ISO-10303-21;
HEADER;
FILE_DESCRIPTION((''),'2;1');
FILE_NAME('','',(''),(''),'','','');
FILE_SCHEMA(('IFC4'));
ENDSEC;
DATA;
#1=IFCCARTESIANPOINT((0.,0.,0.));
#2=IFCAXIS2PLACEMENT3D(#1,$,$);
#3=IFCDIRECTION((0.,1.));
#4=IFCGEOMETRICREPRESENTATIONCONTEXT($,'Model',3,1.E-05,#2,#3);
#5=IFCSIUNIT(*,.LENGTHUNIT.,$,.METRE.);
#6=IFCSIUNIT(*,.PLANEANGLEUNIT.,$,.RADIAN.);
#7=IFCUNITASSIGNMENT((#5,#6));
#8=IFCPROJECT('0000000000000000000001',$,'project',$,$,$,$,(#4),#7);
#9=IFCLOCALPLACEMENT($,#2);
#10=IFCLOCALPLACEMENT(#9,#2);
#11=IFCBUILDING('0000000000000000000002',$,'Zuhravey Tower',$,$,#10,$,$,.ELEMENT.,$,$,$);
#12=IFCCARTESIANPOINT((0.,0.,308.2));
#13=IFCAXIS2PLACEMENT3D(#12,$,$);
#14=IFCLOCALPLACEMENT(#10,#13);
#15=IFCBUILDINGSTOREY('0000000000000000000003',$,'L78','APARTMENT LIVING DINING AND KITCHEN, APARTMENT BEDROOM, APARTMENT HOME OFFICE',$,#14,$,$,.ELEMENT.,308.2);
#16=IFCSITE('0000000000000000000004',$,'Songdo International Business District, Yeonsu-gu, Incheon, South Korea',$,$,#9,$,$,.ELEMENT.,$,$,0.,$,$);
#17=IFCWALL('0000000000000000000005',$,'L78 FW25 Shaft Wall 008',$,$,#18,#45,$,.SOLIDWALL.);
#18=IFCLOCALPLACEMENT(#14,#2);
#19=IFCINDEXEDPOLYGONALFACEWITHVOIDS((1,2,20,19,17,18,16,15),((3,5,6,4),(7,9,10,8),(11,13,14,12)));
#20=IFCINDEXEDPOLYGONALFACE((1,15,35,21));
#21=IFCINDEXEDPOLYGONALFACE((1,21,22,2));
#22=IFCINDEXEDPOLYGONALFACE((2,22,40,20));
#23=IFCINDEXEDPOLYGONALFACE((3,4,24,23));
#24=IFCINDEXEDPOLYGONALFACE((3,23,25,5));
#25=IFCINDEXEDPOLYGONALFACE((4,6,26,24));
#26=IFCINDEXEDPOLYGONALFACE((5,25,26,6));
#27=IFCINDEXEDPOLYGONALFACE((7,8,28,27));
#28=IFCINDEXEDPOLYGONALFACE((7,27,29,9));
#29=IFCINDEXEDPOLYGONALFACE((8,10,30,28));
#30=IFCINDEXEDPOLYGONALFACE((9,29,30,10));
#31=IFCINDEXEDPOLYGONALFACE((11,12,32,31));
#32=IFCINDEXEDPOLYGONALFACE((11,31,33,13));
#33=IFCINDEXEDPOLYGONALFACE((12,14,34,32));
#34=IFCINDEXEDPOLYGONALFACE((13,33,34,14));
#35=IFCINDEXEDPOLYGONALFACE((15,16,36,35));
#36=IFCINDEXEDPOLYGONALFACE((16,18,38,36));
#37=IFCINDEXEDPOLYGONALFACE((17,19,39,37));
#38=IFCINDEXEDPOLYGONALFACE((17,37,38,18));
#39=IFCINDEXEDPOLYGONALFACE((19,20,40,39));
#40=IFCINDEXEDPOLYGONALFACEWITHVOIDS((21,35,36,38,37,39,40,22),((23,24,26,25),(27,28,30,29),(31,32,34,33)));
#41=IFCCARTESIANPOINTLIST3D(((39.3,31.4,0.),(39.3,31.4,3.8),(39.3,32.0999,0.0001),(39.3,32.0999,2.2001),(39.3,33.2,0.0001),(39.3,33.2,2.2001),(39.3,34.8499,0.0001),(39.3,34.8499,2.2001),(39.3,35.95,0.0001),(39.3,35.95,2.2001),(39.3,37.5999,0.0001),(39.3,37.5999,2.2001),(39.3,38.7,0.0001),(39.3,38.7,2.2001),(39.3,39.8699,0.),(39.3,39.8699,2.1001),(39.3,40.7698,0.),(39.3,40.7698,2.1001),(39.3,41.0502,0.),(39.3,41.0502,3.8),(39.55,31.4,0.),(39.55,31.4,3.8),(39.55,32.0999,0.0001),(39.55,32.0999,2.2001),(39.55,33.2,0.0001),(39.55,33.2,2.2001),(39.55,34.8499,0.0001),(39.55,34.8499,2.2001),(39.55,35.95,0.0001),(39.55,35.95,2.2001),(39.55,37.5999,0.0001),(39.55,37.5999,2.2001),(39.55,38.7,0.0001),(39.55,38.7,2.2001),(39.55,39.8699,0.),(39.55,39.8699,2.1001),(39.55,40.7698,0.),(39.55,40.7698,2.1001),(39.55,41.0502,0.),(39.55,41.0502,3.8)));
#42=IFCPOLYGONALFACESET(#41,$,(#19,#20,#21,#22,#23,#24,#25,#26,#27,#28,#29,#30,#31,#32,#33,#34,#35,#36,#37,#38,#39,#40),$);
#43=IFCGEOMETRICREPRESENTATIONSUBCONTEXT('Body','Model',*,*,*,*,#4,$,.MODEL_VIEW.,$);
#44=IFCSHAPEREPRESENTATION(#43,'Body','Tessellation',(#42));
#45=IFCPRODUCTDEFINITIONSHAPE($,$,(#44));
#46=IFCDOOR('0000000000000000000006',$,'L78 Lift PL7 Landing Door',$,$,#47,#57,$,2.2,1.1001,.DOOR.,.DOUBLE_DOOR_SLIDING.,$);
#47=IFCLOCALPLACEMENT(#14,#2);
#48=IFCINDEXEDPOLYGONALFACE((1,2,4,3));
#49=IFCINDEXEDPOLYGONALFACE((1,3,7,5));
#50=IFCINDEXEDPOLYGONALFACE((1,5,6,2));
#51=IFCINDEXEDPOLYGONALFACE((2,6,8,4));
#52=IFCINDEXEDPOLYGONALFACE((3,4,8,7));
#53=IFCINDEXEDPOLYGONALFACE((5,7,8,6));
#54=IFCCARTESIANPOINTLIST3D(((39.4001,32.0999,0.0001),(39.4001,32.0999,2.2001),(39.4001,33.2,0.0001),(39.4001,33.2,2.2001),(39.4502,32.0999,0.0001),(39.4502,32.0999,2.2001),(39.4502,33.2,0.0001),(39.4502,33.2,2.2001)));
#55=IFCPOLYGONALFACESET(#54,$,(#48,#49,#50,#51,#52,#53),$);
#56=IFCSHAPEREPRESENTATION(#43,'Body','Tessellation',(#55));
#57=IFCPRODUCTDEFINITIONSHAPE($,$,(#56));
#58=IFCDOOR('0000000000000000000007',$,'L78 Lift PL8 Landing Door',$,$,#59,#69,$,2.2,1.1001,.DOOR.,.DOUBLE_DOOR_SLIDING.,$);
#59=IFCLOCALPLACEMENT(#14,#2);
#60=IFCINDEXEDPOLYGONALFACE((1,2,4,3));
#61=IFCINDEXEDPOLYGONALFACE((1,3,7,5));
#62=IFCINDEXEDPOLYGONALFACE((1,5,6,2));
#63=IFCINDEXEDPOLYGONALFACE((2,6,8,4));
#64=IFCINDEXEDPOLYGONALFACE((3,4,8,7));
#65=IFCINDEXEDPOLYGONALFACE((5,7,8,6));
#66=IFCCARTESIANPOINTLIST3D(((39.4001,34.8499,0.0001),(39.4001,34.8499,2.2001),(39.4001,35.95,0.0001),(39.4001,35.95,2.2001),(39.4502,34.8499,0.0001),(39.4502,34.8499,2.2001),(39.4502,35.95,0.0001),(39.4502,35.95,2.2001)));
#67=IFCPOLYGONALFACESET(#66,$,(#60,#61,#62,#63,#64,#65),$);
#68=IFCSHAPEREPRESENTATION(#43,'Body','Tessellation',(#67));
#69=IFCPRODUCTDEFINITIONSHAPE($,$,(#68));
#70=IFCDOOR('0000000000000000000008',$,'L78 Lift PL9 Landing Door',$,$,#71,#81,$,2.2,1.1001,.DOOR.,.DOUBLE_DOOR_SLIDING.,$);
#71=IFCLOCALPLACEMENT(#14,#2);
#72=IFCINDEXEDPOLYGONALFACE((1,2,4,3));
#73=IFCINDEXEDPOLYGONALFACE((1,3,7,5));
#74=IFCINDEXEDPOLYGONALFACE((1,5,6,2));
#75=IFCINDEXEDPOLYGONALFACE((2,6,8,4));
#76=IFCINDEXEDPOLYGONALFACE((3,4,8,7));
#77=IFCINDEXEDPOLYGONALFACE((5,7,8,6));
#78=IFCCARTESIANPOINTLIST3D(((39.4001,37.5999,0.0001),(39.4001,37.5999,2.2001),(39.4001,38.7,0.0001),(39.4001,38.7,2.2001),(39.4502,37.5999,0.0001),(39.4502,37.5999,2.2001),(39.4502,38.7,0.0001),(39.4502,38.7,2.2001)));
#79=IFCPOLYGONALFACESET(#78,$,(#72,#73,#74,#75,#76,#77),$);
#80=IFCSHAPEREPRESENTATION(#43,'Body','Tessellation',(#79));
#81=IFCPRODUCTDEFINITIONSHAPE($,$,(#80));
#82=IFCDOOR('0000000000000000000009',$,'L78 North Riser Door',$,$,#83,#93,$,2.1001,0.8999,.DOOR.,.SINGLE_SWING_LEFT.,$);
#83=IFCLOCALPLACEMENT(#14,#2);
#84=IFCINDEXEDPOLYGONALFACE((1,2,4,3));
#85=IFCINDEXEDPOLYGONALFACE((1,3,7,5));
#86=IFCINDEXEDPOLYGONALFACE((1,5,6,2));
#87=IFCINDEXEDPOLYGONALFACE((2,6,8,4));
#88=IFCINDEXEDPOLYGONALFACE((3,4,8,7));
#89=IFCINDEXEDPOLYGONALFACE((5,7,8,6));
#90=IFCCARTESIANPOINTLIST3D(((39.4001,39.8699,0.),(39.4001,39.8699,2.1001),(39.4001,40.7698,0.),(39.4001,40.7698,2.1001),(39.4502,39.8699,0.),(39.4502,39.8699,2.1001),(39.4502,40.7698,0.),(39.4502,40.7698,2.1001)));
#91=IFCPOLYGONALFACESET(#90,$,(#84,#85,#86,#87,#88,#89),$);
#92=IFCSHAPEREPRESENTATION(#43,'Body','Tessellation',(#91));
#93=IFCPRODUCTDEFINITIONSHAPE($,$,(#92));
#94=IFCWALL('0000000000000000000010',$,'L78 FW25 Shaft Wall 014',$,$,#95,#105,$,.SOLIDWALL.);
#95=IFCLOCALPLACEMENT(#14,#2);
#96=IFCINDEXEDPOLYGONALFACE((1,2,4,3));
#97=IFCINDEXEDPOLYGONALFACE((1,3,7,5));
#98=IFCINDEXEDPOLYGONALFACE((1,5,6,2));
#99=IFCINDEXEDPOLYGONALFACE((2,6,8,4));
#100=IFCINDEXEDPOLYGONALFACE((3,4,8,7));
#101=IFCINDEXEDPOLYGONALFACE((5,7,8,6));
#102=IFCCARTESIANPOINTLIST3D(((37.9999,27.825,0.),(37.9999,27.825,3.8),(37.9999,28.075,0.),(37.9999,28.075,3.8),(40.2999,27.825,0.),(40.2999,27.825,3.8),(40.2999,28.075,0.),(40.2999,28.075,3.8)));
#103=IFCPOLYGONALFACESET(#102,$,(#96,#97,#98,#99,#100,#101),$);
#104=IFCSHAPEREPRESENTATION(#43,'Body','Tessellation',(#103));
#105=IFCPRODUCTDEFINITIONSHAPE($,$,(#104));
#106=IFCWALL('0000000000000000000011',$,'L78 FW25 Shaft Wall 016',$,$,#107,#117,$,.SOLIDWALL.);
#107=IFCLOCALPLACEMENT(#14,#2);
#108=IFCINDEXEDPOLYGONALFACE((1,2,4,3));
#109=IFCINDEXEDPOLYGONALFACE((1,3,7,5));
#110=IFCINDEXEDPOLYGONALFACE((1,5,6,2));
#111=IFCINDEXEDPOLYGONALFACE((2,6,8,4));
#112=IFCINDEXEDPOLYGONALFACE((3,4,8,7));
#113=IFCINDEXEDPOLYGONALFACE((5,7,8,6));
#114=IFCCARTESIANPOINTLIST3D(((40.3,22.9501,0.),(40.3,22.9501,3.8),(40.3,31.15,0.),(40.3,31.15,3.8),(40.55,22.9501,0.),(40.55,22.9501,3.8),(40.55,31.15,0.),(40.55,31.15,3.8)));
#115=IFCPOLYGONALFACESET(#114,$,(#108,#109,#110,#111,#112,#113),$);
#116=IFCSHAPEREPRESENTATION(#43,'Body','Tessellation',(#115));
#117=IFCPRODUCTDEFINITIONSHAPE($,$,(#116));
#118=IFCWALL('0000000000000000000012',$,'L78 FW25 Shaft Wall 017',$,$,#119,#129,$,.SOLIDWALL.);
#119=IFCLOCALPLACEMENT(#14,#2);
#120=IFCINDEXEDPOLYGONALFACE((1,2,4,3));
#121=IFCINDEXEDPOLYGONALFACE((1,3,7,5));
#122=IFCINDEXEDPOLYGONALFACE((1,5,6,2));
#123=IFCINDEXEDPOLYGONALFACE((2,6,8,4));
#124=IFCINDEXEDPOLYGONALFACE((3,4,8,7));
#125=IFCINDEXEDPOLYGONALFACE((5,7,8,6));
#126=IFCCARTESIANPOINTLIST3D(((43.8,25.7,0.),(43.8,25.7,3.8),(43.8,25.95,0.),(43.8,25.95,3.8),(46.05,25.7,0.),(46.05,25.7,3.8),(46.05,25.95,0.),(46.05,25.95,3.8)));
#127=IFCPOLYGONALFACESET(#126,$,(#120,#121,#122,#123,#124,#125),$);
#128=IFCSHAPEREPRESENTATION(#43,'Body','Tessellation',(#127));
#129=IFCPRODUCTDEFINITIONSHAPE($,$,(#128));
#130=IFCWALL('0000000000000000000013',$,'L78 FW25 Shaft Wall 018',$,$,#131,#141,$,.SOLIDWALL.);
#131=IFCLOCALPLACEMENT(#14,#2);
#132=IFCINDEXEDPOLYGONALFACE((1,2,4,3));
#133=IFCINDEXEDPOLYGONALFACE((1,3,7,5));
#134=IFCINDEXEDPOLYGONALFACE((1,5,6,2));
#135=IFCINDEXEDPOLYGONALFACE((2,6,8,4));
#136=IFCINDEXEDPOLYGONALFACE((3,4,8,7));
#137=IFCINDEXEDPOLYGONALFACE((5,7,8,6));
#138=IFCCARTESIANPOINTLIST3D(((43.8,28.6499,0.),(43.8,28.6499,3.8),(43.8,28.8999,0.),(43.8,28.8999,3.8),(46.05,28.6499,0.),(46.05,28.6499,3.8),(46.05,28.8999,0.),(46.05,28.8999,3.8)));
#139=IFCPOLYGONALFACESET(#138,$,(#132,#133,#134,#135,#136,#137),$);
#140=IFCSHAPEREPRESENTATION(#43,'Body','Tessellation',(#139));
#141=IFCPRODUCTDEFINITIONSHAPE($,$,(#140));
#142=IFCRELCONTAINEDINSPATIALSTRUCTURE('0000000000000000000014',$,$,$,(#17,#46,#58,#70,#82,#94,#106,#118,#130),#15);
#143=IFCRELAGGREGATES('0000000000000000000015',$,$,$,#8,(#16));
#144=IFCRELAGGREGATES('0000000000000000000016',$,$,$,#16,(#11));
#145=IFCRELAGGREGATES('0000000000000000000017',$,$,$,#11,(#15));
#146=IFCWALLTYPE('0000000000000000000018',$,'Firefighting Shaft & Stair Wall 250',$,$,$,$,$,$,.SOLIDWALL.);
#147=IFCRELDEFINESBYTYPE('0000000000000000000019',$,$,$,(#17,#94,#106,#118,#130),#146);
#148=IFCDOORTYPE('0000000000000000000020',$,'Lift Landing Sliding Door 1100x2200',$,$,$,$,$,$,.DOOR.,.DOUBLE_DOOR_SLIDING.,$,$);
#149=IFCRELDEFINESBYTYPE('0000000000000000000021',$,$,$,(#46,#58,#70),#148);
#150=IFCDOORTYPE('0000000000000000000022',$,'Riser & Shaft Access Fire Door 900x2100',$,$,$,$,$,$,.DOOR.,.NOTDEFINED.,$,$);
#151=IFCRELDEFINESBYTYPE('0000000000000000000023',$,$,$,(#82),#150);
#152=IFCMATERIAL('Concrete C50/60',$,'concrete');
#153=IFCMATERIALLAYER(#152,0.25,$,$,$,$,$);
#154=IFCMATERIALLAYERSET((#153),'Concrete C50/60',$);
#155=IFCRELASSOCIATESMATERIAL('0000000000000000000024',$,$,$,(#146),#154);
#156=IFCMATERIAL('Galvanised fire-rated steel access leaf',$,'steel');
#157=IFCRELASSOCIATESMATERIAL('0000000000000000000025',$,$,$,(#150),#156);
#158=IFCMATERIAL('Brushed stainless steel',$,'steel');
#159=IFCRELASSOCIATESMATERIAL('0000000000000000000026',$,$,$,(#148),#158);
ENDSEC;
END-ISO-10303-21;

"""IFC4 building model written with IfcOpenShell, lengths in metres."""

from ifc_helpers import new_model, si_unit, direction, frame, frame_2d, origin, place, context, subcontext, project, spatial, rectangle, extrude, material, layer, layer_set, type_object, element, fill, save


model = new_model("IFC4")

# Units and contexts
model_context = context("Model", 3, precision=1e-05, world=origin(), true_north=direction((0.0, 1.0)))
body_context = subcontext(model_context, "Body", "Model", "MODEL_VIEW")
ifc_project = project(units=[si_unit("LENGTHUNIT", "METRE"), si_unit("PLANEANGLEUNIT", "RADIAN")], contexts=[model_context])

# Site, building, storey
site_placement = place(None, origin())
site = spatial("IfcSite", under=ifc_project, at=site_placement, Name="Songdo International Business District, Yeonsu-gu, Incheon, South Korea", CompositionType="ELEMENT", RefElevation=0.0)
building_placement = place(site_placement, origin())
building = spatial("IfcBuilding", under=site, at=building_placement, Name="Zuhravey Tower", CompositionType="ELEMENT")
storey_placement = place(building_placement, frame((0.0, 0.0, 308.2)))
storey = spatial("IfcBuildingStorey", under=building, at=storey_placement, Name="L78", Description="APARTMENT LIVING DINING AND KITCHEN, APARTMENT BEDROOM, APARTMENT HOME OFFICE", CompositionType="ELEMENT", Elevation=308.2)

# Shared definitions
ifc_material_1 = material(Name="Concrete C50/60", Category="concrete")
ifc_layer = layer(ifc_material_1, 0.25)
ifc_layer_set = layer_set([ifc_layer], Name="Concrete C50/60")
wall_type = type_object("IfcWallType", Name="Firefighting Shaft & Stair Wall 250", PredefinedType="SOLIDWALL", material=ifc_layer_set)

# Wall, openings, doors
ifc_material_2 = material(Name="Galvanised fire-rated steel access leaf", Category="steel")
door_type_1 = type_object("IfcDoorType", Name="Riser & Shaft Access Fire Door 900x2100", OperationType="NOTDEFINED", PredefinedType="DOOR", material=ifc_material_2)
wall_1_placement = place(storey_placement, frame((39.425, 31.3999, 0.0), z_axis=(0.0, 0.0, 1.0), x_axis=(0.0, 1.0, 0.0)))
wall_1 = element("IfcWall", 1, at=wall_1_placement, inside=storey, type_object=wall_type, Name="L78 FW25 Shaft Wall 008", PredefinedType="SOLIDWALL", context=body_context, shape_type="SweptSolid", body=[
    extrude(rectangle(XDim=9.6501, YDim=0.25, at=frame_2d((4.8252, 0.0))), origin(), (0.0, 0.0, 1.0), 3.8),
])
opening_1_placement = place(wall_1_placement, frame((0.7, 0.0, 0.0)))
opening_1 = element("IfcOpeningElement", 2, at=opening_1_placement, cuts=wall_1, PredefinedType="OPENING", context=body_context, shape_type="SweptSolid", body=[
    extrude(rectangle(XDim=1.1001, YDim=2.2, at=frame_2d((0.55, 1.1001))), frame((0.0, 0.137, 0.0), z_axis=(0.0, -1.0, 0.0), x_axis=(1.0, 0.0, 0.0)), (0.0, 0.0, 1.0), 0.2739),
])
opening_2_placement = place(wall_1_placement, frame((3.45, 0.0, 0.0)))
opening_2 = element("IfcOpeningElement", 3, at=opening_2_placement, cuts=wall_1, PredefinedType="OPENING", context=body_context, shape_type="SweptSolid", body=[
    extrude(rectangle(XDim=1.1001, YDim=2.2, at=frame_2d((0.55, 1.1001))), frame((0.0, 0.137, 0.0), z_axis=(0.0, -1.0, 0.0), x_axis=(1.0, 0.0, 0.0)), (0.0, 0.0, 1.0), 0.2739),
])
opening_3_placement = place(wall_1_placement, frame((6.2, 0.0, 0.0)))
opening_3 = element("IfcOpeningElement", 4, at=opening_3_placement, cuts=wall_1, PredefinedType="OPENING", context=body_context, shape_type="SweptSolid", body=[
    extrude(rectangle(XDim=1.1001, YDim=2.2, at=frame_2d((0.55, 1.1001))), frame((0.0, 0.137, 0.0), z_axis=(0.0, -1.0, 0.0), x_axis=(1.0, 0.0, 0.0)), (0.0, 0.0, 1.0), 0.2739),
])
opening_4_placement = place(wall_1_placement, frame((8.47, 0.0, 0.0)))
opening_4 = element("IfcOpeningElement", 5, at=opening_4_placement, cuts=wall_1, PredefinedType="OPENING", context=body_context, shape_type="SweptSolid", body=[
    extrude(rectangle(XDim=0.8999, YDim=2.1001, at=frame_2d((0.45, 1.05))), frame((0.0, 0.137, 0.0), z_axis=(0.0, -1.0, 0.0), x_axis=(1.0, 0.0, 0.0)), (0.0, 0.0, 1.0), 0.2739),
])
ifc_material_3 = material(Name="Brushed stainless steel", Category="steel")
door_type_2 = type_object("IfcDoorType", Name="Lift Landing Sliding Door 1100x2200", OperationType="DOUBLE_DOOR_SLIDING", PredefinedType="DOOR", material=ifc_material_3)
door_1_placement = place(opening_1_placement, origin())
door_1 = element("IfcDoor", 6, at=door_1_placement, inside=storey, type_object=door_type_2, Name="L78 Lift PL7 Landing Door", OperationType="DOUBLE_DOOR_SLIDING", OverallHeight=2.2, OverallWidth=1.1001, PredefinedType="DOOR", context=body_context, shape_type="SweptSolid", body=[
    extrude(rectangle(XDim=1.1001, YDim=2.2, at=frame_2d((0.55, 1.1001))), frame((0.0, 0.0249, 0.0), z_axis=(0.0, -1.0, 0.0), x_axis=(1.0, 0.0, 0.0)), (0.0, 0.0, 1.0), 0.05),
])
fill(opening_1, door_1)
door_2_placement = place(opening_2_placement, origin())
door_2 = element("IfcDoor", 7, at=door_2_placement, inside=storey, type_object=door_type_2, Name="L78 Lift PL8 Landing Door", OperationType="DOUBLE_DOOR_SLIDING", OverallHeight=2.2, OverallWidth=1.1001, PredefinedType="DOOR", context=body_context, shape_type="SweptSolid", body=[
    extrude(rectangle(XDim=1.1001, YDim=2.2, at=frame_2d((0.55, 1.1001))), frame((0.0, 0.0249, 0.0), z_axis=(0.0, -1.0, 0.0), x_axis=(1.0, 0.0, 0.0)), (0.0, 0.0, 1.0), 0.05),
])
fill(opening_2, door_2)
door_3_placement = place(opening_3_placement, origin())
door_3 = element("IfcDoor", 8, at=door_3_placement, inside=storey, type_object=door_type_2, Name="L78 Lift PL9 Landing Door", OperationType="DOUBLE_DOOR_SLIDING", OverallHeight=2.2, OverallWidth=1.1001, PredefinedType="DOOR", context=body_context, shape_type="SweptSolid", body=[
    extrude(rectangle(XDim=1.1001, YDim=2.2, at=frame_2d((0.55, 1.1001))), frame((0.0, 0.0249, 0.0), z_axis=(0.0, -1.0, 0.0), x_axis=(1.0, 0.0, 0.0)), (0.0, 0.0, 1.0), 0.05),
])
fill(opening_3, door_3)
door_4_placement = place(opening_4_placement, origin())
door_4 = element("IfcDoor", 9, at=door_4_placement, inside=storey, type_object=door_type_1, Name="L78 North Riser Door", OperationType="SINGLE_SWING_LEFT", OverallHeight=2.1001, OverallWidth=0.8999, PredefinedType="DOOR", context=body_context, shape_type="SweptSolid", body=[
    extrude(rectangle(XDim=0.8999, YDim=2.1001, at=frame_2d((0.45, 1.05))), frame((0.0, 0.0249, 0.0), z_axis=(0.0, -1.0, 0.0), x_axis=(1.0, 0.0, 0.0)), (0.0, 0.0, 1.0), 0.05),
])
fill(opening_4, door_4)

# Walls
wall_2_placement = place(storey_placement, frame((38.0, 27.95, 0.0), z_axis=(0.0, 0.0, 1.0), x_axis=(1.0, 0.0, 0.0)))
element("IfcWall", 10, at=wall_2_placement, inside=storey, type_object=wall_type, Name="L78 FW25 Shaft Wall 014", PredefinedType="SOLIDWALL", context=body_context, shape_type="SweptSolid", body=[
    extrude(rectangle(XDim=2.3, YDim=0.25, at=frame_2d((1.1499, 0.0))), origin(), (0.0, 0.0, 1.0), 3.8),
])
wall_3_placement = place(storey_placement, frame((40.425, 22.95, 0.0), z_axis=(0.0, 0.0, 1.0), x_axis=(0.0, 1.0, 0.0)))
element("IfcWall", 11, at=wall_3_placement, inside=storey, type_object=wall_type, Name="L78 FW25 Shaft Wall 016", PredefinedType="SOLIDWALL", context=body_context, shape_type="SweptSolid", body=[
    extrude(rectangle(XDim=8.2, YDim=0.25, at=frame_2d((4.1001, 0.0))), origin(), (0.0, 0.0, 1.0), 3.8),
])
for number, where, z_axis, x_axis, name in (
    (12, (43.8, 25.825, 0.0), (0.0, 0.0, 1.0), (1.0, 0.0, 0.0), "L78 FW25 Shaft Wall 017"),
    (13, (43.8, 28.7749, 0.0), (0.0, 0.0, 1.0), (1.0, 0.0, 0.0), "L78 FW25 Shaft Wall 018"),
):
    element("IfcWall", number, at=place(storey_placement, frame(where, z_axis=z_axis, x_axis=x_axis)), inside=storey, type_object=wall_type, Name=name, PredefinedType="SOLIDWALL", context=body_context, shape_type="SweptSolid", body=[
        extrude(rectangle(XDim=2.25, YDim=0.25, at=frame_2d((1.125, 0.0))), origin(), (0.0, 0.0, 1.0), 3.8),
    ])

save(model, "model.ifc")
